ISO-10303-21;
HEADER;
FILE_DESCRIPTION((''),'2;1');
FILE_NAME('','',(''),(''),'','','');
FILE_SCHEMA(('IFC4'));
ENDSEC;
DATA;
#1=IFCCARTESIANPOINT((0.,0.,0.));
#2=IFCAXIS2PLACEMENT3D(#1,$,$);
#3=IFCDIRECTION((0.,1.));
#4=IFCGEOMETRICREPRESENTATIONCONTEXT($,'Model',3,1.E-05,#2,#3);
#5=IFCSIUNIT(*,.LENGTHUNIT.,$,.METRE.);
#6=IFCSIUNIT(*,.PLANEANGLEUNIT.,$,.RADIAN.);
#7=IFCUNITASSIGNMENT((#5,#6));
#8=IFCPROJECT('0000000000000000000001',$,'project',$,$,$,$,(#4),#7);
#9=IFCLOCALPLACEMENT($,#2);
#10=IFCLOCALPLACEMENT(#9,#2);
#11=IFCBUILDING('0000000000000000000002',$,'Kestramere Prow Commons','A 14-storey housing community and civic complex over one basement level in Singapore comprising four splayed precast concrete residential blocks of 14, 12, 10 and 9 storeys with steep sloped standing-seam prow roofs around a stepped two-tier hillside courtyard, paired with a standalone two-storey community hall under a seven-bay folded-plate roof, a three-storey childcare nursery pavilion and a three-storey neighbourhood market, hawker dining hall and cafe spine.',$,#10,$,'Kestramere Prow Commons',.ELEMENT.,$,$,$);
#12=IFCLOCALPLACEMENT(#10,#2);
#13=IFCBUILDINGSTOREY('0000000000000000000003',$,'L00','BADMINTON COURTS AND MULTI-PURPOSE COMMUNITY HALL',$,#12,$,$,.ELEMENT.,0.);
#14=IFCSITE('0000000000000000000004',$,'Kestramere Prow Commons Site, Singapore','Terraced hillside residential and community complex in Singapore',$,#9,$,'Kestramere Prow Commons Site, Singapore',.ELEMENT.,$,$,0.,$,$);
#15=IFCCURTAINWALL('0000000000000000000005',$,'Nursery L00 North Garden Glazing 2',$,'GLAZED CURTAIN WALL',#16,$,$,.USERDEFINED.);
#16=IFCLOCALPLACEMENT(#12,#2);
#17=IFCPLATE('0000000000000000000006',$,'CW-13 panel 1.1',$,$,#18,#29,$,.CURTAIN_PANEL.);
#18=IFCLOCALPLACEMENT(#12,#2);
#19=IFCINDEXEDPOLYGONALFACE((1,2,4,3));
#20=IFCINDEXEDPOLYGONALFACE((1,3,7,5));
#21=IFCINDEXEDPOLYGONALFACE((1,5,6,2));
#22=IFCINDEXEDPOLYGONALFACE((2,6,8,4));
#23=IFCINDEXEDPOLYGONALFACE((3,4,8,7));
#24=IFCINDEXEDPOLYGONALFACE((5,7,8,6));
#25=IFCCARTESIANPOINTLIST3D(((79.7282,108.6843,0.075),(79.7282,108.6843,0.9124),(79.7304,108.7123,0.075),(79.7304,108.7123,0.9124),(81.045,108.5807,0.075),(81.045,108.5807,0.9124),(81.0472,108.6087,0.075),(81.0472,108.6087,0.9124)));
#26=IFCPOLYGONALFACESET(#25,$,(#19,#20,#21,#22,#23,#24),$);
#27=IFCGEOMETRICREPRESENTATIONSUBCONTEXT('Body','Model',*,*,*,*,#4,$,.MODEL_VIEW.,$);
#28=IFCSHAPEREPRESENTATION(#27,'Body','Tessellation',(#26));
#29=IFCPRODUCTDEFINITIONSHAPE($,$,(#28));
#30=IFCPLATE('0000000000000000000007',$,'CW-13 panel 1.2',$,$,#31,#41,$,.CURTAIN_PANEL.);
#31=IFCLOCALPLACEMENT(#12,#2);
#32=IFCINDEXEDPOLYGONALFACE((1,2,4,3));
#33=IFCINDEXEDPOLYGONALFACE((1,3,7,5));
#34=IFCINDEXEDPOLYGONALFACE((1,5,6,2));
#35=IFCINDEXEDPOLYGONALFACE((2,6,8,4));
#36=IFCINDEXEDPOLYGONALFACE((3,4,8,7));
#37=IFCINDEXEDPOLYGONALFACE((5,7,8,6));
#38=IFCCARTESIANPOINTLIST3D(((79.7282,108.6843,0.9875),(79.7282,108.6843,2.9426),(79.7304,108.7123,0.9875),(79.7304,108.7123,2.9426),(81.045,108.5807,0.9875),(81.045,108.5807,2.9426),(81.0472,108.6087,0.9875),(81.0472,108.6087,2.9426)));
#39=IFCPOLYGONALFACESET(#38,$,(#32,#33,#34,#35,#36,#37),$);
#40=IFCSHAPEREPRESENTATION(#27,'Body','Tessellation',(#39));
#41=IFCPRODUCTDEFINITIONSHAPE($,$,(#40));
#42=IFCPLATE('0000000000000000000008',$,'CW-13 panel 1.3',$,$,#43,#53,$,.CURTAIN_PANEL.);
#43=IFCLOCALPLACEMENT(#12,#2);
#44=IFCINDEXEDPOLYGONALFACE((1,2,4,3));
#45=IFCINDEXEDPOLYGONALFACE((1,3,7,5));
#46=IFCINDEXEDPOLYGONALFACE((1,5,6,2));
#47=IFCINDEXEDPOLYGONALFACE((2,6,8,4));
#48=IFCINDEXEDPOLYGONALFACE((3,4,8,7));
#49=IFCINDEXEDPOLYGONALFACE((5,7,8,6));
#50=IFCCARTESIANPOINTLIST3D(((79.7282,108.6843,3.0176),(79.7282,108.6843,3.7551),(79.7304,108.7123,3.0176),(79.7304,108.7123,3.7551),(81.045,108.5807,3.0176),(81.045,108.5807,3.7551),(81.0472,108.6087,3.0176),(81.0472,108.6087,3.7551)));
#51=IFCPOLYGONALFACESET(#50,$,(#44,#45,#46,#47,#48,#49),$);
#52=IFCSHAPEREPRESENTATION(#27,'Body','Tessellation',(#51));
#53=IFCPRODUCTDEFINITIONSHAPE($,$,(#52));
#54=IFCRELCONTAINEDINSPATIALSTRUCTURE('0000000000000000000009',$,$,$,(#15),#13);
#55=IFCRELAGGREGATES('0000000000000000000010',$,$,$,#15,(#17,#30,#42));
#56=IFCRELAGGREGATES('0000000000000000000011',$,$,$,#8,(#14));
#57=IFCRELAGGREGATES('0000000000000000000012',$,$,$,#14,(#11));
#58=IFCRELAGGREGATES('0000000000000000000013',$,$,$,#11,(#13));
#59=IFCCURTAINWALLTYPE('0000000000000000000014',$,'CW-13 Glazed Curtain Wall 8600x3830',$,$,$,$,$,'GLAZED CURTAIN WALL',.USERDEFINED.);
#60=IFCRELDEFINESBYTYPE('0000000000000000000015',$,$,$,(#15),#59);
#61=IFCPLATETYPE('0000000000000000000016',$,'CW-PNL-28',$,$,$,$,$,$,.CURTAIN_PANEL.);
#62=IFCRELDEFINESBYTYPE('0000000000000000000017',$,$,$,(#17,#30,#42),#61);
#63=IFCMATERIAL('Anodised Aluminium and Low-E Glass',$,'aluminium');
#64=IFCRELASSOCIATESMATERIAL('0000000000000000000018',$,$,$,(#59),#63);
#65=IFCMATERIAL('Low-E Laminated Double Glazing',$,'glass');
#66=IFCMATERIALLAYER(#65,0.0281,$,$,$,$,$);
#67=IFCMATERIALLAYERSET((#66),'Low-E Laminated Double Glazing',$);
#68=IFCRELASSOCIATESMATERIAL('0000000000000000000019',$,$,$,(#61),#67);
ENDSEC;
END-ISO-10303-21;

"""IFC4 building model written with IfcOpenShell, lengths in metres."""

from ifc_helpers import new_model, si_unit, direction, frame, origin, origin_2d, place, context, subcontext, project, spatial, rectangle, extrude, material, layer, layer_set, type_object, element, aggregate, save


model = new_model("IFC4")

# Units and contexts
model_context = context("Model", 3, precision=1e-05, world=origin(), true_north=direction((0.0, 1.0)))
body_context = subcontext(model_context, "Body", "Model", "MODEL_VIEW")
ifc_project = project(units=[si_unit("LENGTHUNIT", "METRE"), si_unit("PLANEANGLEUNIT", "RADIAN")], contexts=[model_context])

# Site, building, storey
site_placement = place(None, origin())
site = spatial("IfcSite", under=ifc_project, at=site_placement, Name="Kestramere Prow Commons Site, Singapore", Description="Terraced hillside residential and community complex in Singapore", LongName="Kestramere Prow Commons Site, Singapore", CompositionType="ELEMENT", RefElevation=0.0)
building_placement = place(site_placement, origin())
building = spatial("IfcBuilding", under=site, at=building_placement, Name="Kestramere Prow Commons", Description="A 14-storey housing community and civic complex over one basement level in Singapore comprising four splayed precast concrete residential blocks of 14, 12, 10 and 9 storeys with steep sloped standing-seam prow roofs around a stepped two-tier hillside courtyard, paired with a standalone two-storey community hall under a seven-bay folded-plate roof, a three-storey childcare nursery pavilion and a three-storey neighbourhood market, hawker dining hall and cafe spine.", LongName="Kestramere Prow Commons", CompositionType="ELEMENT")
storey_placement = place(building_placement, origin())
storey = spatial("IfcBuildingStorey", under=building, at=storey_placement, Name="L00", Description="BADMINTON COURTS AND MULTI-PURPOSE COMMUNITY HALL", CompositionType="ELEMENT", Elevation=0.0)

# Curtain wall
ifc_material_1 = material(Name="Anodised Aluminium and Low-E Glass", Category="aluminium")
curtain_wall_type = type_object("IfcCurtainWallType", Name="CW-13 Glazed Curtain Wall 8600x3830", ElementType="GLAZED CURTAIN WALL", PredefinedType="USERDEFINED", material=ifc_material_1)
curtain_wall_1_placement = place(storey_placement, origin())
curtain_wall_1 = element("IfcCurtainWall", 1, at=curtain_wall_1_placement, inside=storey, type_object=curtain_wall_type, Name="Nursery L00 North Garden Glazing 2", ObjectType="GLAZED CURTAIN WALL", PredefinedType="USERDEFINED")

# Plates
ifc_material_2 = material(Name="Low-E Laminated Double Glazing", Category="glass")
ifc_layer = layer(ifc_material_2, 0.0281)
ifc_layer_set = layer_set([ifc_layer], Name="Low-E Laminated Double Glazing")
plate_type = type_object("IfcPlateType", Name="CW-PNL-28", PredefinedType="CURTAIN_PANEL", material=ifc_layer_set)
plate_1_placement = place(storey_placement, frame((80.3877, 108.6465, 0.075), z_axis=(0.0, 0.0, 1.0), x_axis=(0.996917, -0.078459, 0.0)))
plate_1 = element("IfcPlate", 2, at=plate_1_placement, type_object=plate_type, Name="CW-13 panel 1.1", PredefinedType="CURTAIN_PANEL", context=body_context, shape_type="SweptSolid", body=[
    extrude(rectangle(XDim=1.3208, YDim=0.0281, at=origin_2d()), origin(), (0.0, 0.0, 1.0), 0.8374),
])
plate_2_placement = place(storey_placement, frame((80.3877, 108.6465, 0.9875), z_axis=(0.0, 0.0, 1.0), x_axis=(0.996917, -0.078459, 0.0)))
plate_2 = element("IfcPlate", 3, at=plate_2_placement, type_object=plate_type, Name="CW-13 panel 1.2", PredefinedType="CURTAIN_PANEL", context=body_context, shape_type="SweptSolid", body=[
    extrude(rectangle(XDim=1.3208, YDim=0.0281, at=origin_2d()), origin(), (0.0, 0.0, 1.0), 1.9551),
])
plate_3_placement = place(storey_placement, frame((80.3877, 108.6465, 3.0176), z_axis=(0.0, 0.0, 1.0), x_axis=(0.996917, -0.078459, 0.0)))
plate_3 = element("IfcPlate", 4, at=plate_3_placement, type_object=plate_type, Name="CW-13 panel 1.3", PredefinedType="CURTAIN_PANEL", context=body_context, shape_type="SweptSolid", body=[
    extrude(rectangle(XDim=1.3208, YDim=0.0281, at=origin_2d()), origin(), (0.0, 0.0, 1.0), 0.7375),
])
aggregate(curtain_wall_1, [plate_1, plate_2, plate_3])

save(model, "model.ifc")
